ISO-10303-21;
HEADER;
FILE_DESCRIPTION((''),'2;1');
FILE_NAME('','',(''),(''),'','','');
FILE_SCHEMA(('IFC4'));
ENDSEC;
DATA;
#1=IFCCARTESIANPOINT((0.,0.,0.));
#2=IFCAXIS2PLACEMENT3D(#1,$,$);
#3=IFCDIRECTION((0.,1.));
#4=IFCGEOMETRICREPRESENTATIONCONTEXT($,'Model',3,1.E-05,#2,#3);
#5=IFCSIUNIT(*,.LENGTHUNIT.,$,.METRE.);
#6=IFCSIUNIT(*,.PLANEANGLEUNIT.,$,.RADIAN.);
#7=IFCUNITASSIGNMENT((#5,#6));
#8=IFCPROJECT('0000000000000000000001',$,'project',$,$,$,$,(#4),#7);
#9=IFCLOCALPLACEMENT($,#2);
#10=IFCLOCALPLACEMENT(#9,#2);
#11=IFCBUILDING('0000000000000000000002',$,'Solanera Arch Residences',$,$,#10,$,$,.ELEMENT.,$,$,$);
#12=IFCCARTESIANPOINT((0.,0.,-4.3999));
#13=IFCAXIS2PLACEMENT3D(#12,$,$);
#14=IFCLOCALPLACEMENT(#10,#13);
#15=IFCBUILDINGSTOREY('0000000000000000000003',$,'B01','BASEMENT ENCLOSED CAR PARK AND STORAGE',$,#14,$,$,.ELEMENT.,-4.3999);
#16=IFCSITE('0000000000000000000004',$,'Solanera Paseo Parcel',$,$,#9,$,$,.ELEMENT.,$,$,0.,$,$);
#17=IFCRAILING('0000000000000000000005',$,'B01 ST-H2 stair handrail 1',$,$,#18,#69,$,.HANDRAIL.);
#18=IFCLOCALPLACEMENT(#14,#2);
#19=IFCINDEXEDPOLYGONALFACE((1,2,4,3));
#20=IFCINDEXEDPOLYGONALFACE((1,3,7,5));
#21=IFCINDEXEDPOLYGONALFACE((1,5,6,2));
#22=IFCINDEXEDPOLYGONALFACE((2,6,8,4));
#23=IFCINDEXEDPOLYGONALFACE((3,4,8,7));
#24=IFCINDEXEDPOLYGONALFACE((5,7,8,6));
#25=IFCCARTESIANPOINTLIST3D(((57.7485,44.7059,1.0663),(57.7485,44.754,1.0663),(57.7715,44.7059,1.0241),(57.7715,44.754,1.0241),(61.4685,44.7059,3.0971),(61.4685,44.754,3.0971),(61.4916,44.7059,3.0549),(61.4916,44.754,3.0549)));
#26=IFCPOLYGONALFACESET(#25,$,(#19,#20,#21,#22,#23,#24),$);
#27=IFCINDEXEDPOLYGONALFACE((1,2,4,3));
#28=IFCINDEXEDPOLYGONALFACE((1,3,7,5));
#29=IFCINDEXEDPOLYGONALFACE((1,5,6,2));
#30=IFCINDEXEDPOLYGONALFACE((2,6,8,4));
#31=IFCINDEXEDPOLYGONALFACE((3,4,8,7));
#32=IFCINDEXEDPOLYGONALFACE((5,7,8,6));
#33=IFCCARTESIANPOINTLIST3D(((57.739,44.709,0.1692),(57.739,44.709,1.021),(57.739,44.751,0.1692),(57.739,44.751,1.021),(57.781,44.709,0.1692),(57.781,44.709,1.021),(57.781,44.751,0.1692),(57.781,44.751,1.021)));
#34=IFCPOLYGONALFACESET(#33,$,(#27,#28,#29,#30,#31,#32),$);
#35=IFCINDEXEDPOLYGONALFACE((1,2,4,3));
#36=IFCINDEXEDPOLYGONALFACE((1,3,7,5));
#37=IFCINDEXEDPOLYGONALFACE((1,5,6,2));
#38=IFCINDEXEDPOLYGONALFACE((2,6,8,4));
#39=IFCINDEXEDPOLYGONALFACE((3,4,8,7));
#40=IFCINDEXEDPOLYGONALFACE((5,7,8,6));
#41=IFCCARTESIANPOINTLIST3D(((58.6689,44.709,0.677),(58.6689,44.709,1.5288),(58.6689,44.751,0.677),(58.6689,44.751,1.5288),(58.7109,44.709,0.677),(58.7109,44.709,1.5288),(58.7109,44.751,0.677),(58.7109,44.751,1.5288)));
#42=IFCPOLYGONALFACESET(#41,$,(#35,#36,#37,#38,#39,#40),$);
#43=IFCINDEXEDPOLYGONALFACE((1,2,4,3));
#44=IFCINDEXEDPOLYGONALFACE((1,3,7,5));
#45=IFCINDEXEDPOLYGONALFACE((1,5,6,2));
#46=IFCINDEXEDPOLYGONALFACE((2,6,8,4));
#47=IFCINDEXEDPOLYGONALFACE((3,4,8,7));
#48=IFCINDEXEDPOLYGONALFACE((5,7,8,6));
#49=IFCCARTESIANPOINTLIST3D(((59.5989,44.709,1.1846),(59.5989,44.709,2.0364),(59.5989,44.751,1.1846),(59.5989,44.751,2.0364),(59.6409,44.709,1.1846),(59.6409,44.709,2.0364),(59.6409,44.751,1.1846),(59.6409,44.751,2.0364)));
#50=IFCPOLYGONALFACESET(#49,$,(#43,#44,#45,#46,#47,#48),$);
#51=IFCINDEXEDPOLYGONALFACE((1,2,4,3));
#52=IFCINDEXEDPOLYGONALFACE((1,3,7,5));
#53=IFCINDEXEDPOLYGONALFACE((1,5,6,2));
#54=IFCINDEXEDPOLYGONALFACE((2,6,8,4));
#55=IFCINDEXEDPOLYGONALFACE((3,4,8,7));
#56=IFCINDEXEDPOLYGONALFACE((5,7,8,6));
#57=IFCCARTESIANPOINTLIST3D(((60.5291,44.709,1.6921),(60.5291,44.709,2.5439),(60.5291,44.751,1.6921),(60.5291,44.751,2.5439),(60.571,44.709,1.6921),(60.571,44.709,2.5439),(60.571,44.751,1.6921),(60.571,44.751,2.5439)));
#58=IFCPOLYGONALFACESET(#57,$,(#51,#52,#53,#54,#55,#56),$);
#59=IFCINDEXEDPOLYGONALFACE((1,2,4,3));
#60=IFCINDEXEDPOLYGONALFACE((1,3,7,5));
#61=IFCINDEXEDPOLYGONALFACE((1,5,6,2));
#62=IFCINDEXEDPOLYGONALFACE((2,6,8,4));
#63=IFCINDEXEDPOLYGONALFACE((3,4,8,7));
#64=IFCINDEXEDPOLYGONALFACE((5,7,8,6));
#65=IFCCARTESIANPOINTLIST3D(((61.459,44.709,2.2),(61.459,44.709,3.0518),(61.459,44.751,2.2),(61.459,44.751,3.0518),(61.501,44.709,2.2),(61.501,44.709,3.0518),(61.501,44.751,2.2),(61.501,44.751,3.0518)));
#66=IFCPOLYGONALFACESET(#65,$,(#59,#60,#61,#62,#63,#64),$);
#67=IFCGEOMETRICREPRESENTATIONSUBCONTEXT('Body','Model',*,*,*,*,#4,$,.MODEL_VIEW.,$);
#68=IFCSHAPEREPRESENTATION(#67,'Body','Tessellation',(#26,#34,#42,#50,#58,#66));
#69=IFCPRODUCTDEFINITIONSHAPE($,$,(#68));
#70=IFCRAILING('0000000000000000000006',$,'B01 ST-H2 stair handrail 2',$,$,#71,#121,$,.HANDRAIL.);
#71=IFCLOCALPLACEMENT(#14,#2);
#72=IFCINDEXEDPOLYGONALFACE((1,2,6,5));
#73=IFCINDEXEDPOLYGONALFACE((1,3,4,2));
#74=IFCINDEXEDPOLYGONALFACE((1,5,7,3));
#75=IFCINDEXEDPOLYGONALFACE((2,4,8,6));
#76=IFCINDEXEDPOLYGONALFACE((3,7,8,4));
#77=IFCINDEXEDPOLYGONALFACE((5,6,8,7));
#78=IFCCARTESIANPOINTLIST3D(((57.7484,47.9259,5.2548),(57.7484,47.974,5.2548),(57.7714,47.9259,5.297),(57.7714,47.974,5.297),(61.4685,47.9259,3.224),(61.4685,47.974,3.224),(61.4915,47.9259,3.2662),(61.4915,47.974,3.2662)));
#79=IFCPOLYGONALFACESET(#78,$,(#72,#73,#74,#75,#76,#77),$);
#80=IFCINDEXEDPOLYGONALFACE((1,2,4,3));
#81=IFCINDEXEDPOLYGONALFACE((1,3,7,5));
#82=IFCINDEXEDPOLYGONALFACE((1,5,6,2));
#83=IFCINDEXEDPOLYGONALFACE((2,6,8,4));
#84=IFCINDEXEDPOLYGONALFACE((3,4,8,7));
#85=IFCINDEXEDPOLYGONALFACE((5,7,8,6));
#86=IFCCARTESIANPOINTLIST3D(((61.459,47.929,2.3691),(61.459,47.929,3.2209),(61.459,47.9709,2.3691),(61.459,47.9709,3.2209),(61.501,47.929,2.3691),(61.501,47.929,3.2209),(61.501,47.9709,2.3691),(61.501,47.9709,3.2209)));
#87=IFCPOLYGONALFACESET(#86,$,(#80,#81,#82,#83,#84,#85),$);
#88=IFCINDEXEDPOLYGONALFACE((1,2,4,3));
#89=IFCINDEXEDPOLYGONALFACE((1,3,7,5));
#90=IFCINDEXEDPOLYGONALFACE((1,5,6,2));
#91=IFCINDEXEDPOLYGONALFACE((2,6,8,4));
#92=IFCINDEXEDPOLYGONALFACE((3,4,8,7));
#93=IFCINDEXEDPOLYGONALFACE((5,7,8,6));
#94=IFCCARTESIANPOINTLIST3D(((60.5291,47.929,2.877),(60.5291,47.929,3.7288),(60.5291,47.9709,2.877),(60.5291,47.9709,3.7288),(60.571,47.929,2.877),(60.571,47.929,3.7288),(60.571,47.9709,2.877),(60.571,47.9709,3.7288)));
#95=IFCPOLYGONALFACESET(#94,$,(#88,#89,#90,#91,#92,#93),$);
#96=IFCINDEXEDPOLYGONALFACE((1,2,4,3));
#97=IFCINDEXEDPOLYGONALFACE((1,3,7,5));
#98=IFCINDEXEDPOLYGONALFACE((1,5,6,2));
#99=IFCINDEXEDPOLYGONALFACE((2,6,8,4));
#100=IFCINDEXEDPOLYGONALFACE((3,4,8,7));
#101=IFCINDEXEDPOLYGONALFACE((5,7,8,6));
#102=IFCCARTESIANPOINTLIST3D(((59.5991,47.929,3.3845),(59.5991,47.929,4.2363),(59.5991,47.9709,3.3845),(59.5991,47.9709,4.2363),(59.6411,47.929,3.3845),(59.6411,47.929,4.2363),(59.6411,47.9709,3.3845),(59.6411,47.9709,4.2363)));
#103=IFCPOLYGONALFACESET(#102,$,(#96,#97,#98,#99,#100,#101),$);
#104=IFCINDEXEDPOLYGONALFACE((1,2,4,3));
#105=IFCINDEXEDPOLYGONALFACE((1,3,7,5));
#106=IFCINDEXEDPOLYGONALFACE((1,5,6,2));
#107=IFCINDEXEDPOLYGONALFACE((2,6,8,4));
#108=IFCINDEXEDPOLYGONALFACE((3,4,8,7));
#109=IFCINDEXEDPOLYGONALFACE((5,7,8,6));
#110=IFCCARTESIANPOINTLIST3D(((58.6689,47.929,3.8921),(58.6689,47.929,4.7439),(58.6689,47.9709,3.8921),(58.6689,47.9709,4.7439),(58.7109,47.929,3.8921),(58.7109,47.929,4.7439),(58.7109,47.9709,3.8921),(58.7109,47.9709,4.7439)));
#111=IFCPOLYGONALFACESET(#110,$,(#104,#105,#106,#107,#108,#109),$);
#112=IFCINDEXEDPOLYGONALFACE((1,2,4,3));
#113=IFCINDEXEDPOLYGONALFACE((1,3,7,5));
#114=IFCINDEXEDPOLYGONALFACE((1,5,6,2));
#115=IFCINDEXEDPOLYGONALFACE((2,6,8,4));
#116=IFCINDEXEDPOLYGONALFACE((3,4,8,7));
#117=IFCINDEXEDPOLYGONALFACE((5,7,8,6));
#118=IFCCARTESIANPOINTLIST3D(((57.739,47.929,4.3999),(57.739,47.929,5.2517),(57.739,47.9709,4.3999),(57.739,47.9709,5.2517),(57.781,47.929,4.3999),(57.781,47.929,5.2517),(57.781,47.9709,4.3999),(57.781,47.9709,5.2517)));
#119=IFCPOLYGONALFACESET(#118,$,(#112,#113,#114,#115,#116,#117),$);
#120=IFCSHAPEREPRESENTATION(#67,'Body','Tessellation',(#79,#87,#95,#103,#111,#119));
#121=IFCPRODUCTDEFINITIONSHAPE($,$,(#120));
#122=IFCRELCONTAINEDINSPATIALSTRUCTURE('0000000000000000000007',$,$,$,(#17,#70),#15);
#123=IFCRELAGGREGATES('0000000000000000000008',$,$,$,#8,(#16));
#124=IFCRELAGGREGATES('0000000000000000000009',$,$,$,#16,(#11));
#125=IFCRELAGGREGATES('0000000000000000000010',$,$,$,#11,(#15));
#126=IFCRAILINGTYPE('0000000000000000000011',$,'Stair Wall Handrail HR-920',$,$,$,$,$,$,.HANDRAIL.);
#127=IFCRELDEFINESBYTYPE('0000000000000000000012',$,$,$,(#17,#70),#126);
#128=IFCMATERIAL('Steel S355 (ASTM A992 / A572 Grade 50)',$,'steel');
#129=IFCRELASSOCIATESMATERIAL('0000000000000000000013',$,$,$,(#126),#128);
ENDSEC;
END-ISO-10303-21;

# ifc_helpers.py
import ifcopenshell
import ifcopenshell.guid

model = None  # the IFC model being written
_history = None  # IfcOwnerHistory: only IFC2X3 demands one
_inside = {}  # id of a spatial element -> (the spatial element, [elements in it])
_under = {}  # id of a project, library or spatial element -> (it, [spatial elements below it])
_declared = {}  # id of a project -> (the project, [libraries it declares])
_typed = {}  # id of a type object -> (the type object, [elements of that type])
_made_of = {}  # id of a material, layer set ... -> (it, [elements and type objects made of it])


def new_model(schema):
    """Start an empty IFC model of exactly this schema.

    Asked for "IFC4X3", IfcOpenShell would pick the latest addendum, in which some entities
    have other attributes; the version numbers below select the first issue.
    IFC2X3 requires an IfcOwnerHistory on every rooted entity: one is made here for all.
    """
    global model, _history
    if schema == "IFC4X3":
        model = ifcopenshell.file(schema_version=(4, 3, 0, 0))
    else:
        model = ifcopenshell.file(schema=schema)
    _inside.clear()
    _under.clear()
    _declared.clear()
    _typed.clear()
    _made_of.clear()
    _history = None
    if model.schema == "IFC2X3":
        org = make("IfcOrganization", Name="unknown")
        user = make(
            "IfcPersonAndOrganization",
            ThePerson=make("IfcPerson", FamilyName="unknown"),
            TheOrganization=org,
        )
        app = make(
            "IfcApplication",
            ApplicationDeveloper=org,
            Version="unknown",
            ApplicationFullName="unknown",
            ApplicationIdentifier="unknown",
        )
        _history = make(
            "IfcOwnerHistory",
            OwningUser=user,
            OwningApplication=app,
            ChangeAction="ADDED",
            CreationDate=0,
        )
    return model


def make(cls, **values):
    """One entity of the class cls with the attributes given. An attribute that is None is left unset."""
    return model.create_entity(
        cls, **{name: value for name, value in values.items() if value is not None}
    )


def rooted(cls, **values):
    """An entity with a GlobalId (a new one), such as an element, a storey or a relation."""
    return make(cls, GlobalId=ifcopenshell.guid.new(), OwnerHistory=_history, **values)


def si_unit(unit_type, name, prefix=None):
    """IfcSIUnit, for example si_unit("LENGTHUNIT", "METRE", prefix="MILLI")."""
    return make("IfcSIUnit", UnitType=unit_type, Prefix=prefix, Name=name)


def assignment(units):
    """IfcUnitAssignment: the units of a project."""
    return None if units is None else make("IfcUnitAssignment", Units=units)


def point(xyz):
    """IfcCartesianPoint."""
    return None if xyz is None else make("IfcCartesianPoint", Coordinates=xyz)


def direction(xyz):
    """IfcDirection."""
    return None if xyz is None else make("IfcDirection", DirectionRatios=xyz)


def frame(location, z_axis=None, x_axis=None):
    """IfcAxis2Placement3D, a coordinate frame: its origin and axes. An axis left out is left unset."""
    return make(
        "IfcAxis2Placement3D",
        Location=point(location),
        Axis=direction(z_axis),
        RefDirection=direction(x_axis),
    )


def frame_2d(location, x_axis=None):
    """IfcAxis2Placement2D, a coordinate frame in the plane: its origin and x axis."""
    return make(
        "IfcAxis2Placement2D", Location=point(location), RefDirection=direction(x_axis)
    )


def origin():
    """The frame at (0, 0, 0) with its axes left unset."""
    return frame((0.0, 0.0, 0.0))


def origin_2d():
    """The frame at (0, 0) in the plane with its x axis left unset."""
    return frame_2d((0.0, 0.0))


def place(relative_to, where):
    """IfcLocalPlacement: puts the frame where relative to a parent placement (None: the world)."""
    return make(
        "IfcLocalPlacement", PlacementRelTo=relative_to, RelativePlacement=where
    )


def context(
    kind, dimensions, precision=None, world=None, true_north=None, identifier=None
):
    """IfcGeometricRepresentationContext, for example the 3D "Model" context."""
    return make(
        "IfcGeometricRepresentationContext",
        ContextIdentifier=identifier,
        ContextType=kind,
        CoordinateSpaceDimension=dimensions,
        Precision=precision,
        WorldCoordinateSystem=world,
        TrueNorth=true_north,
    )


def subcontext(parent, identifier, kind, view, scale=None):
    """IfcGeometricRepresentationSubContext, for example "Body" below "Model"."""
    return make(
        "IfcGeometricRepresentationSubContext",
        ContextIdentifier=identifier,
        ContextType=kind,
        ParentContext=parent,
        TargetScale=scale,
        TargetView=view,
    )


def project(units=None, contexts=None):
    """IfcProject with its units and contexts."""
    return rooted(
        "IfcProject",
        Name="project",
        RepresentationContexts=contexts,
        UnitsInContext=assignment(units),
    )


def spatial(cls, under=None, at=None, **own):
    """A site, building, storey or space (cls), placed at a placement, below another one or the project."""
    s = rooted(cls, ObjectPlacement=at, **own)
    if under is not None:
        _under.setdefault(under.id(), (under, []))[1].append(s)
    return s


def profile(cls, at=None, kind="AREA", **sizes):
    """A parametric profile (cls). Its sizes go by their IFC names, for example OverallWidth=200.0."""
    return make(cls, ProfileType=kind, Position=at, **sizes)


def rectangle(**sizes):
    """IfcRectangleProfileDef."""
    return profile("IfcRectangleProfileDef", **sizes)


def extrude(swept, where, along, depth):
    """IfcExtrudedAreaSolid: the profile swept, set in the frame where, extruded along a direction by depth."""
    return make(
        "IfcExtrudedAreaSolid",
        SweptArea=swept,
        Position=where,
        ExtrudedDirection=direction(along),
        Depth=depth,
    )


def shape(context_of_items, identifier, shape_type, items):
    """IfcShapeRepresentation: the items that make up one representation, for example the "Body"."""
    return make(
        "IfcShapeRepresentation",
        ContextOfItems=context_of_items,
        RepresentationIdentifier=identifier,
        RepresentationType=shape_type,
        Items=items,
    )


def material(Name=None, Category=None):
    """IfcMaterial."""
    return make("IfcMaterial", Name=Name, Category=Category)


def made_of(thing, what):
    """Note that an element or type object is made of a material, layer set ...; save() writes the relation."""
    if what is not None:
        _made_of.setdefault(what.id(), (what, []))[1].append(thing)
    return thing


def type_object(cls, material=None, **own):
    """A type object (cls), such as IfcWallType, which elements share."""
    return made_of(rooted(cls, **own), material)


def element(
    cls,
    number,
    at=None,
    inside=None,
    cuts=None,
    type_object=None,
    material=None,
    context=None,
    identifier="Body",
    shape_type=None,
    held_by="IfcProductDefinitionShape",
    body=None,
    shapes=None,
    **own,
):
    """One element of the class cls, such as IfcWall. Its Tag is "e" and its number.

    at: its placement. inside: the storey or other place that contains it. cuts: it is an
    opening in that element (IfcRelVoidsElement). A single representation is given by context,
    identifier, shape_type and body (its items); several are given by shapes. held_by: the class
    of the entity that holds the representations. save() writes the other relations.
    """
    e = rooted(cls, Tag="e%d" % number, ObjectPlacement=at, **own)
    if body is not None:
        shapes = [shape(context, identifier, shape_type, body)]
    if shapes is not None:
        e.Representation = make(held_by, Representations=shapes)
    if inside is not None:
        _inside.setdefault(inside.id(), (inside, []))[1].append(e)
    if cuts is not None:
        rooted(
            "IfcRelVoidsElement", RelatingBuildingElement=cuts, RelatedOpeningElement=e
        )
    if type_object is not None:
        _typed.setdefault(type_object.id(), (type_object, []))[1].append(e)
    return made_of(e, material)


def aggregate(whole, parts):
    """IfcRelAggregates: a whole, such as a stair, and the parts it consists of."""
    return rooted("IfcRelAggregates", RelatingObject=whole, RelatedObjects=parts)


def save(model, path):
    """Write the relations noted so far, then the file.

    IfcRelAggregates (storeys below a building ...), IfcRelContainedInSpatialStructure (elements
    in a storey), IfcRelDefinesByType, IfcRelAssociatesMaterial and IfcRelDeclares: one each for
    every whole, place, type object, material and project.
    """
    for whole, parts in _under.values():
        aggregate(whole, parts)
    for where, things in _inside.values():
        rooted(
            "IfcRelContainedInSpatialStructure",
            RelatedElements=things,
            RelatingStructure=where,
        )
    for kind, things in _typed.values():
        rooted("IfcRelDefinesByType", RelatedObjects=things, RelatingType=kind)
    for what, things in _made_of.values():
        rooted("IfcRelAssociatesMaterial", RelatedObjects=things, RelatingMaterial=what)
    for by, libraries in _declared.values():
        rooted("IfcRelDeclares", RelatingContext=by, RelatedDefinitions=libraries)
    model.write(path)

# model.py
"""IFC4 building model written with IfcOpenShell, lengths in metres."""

from ifc_helpers import new_model, si_unit, direction, frame, origin, origin_2d, place, context, subcontext, project, spatial, rectangle, extrude, material, type_object, element, save


model = new_model("IFC4")

# Units and contexts
model_context = context("Model", 3, precision=1e-05, world=origin(), true_north=direction((0.0, 1.0)))
body_context = subcontext(model_context, "Body", "Model", "MODEL_VIEW")
ifc_project = project(units=[si_unit("LENGTHUNIT", "METRE"), si_unit("PLANEANGLEUNIT", "RADIAN")], contexts=[model_context])

# Site, building, storey
site_placement = place(None, origin())
site = spatial("IfcSite", under=ifc_project, at=site_placement, Name="Solanera Paseo Parcel", CompositionType="ELEMENT", RefElevation=0.0)
building_placement = place(site_placement, origin())
building = spatial("IfcBuilding", under=site, at=building_placement, Name="Solanera Arch Residences", CompositionType="ELEMENT")
storey_placement = place(building_placement, frame((0.0, 0.0, -4.3999)))
storey = spatial("IfcBuildingStorey", under=building, at=storey_placement, Name="B01", Description="BASEMENT ENCLOSED CAR PARK AND STORAGE", CompositionType="ELEMENT", Elevation=-4.3999)

# Railings
ifc_material_1 = material(Name="Steel S355 (ASTM A992 / A572 Grade 50)", Category="steel")
railing_type_1 = type_object("IfcRailingType", Name="Stair Wall Handrail HR-920", PredefinedType="HANDRAIL", material=ifc_material_1)
railing_1_placement = place(storey_placement, frame((57.76, 44.73, 0.1692)))
element("IfcRailing", 1, at=railing_1_placement, inside=storey, type_object=railing_type_1, Name="B01 ST-H2 stair handrail 1", PredefinedType="HANDRAIL", context=body_context, shape_type="SweptSolid", body=[
    extrude(rectangle(XDim=0.0481, YDim=0.0481, at=origin_2d()), frame((0.0, 0.0, 0.876), z_axis=(0.877728, 0.0, 0.479159), x_axis=(0.0, 1.0, 0.0)), (0.0, 0.0, 1.0), 4.2383),
    extrude(rectangle(XDim=0.042, YDim=0.042, at=origin_2d()), origin(), (0.0, 0.0, 1.0), 0.8518),
    extrude(rectangle(XDim=0.042, YDim=0.042, at=origin_2d()), frame((0.9299, 0.0, 0.5078)), (0.0, 0.0, 1.0), 0.8518),
    extrude(rectangle(XDim=0.042, YDim=0.042, at=origin_2d()), frame((1.8599, 0.0, 1.0154)), (0.0, 0.0, 1.0), 0.8518),
    extrude(rectangle(XDim=0.042, YDim=0.042, at=origin_2d()), frame((2.79, 0.0, 1.5229)), (0.0, 0.0, 1.0), 0.8518),
    extrude(rectangle(XDim=0.042, YDim=0.042, at=origin_2d()), frame((3.72, 0.0, 2.0308)), (0.0, 0.0, 1.0), 0.8518),
])
railing_2_placement = place(storey_placement, frame((61.48, 47.95, 2.3691)))
element("IfcRailing", 2, at=railing_2_placement, inside=storey, type_object=railing_type_1, Name="B01 ST-H2 stair handrail 2", PredefinedType="HANDRAIL", context=body_context, shape_type="SweptSolid", body=[
    extrude(rectangle(XDim=0.0481, YDim=0.0481, at=origin_2d()), frame((0.0, 0.0, 0.876), z_axis=(-0.877728, 0.0, 0.479159), x_axis=(0.0, -1.0, 0.0)), (0.0, 0.0, 1.0), 4.2383),
    extrude(rectangle(XDim=0.042, YDim=0.042, at=origin_2d()), origin(), (0.0, 0.0, 1.0), 0.8518),
    extrude(rectangle(XDim=0.042, YDim=0.042, at=origin_2d()), frame((-0.9299, 0.0, 0.5078)), (0.0, 0.0, 1.0), 0.8518),
    extrude(rectangle(XDim=0.042, YDim=0.042, at=origin_2d()), frame((-1.8599, 0.0, 1.0154)), (0.0, 0.0, 1.0), 0.8518),
    extrude(rectangle(XDim=0.042, YDim=0.042, at=origin_2d()), frame((-2.79, 0.0, 1.5229)), (0.0, 0.0, 1.0), 0.8518),
    extrude(rectangle(XDim=0.042, YDim=0.042, at=origin_2d()), frame((-3.72, 0.0, 2.0308)), (0.0, 0.0, 1.0), 0.8518),
])

save(model, "model.ifc")
